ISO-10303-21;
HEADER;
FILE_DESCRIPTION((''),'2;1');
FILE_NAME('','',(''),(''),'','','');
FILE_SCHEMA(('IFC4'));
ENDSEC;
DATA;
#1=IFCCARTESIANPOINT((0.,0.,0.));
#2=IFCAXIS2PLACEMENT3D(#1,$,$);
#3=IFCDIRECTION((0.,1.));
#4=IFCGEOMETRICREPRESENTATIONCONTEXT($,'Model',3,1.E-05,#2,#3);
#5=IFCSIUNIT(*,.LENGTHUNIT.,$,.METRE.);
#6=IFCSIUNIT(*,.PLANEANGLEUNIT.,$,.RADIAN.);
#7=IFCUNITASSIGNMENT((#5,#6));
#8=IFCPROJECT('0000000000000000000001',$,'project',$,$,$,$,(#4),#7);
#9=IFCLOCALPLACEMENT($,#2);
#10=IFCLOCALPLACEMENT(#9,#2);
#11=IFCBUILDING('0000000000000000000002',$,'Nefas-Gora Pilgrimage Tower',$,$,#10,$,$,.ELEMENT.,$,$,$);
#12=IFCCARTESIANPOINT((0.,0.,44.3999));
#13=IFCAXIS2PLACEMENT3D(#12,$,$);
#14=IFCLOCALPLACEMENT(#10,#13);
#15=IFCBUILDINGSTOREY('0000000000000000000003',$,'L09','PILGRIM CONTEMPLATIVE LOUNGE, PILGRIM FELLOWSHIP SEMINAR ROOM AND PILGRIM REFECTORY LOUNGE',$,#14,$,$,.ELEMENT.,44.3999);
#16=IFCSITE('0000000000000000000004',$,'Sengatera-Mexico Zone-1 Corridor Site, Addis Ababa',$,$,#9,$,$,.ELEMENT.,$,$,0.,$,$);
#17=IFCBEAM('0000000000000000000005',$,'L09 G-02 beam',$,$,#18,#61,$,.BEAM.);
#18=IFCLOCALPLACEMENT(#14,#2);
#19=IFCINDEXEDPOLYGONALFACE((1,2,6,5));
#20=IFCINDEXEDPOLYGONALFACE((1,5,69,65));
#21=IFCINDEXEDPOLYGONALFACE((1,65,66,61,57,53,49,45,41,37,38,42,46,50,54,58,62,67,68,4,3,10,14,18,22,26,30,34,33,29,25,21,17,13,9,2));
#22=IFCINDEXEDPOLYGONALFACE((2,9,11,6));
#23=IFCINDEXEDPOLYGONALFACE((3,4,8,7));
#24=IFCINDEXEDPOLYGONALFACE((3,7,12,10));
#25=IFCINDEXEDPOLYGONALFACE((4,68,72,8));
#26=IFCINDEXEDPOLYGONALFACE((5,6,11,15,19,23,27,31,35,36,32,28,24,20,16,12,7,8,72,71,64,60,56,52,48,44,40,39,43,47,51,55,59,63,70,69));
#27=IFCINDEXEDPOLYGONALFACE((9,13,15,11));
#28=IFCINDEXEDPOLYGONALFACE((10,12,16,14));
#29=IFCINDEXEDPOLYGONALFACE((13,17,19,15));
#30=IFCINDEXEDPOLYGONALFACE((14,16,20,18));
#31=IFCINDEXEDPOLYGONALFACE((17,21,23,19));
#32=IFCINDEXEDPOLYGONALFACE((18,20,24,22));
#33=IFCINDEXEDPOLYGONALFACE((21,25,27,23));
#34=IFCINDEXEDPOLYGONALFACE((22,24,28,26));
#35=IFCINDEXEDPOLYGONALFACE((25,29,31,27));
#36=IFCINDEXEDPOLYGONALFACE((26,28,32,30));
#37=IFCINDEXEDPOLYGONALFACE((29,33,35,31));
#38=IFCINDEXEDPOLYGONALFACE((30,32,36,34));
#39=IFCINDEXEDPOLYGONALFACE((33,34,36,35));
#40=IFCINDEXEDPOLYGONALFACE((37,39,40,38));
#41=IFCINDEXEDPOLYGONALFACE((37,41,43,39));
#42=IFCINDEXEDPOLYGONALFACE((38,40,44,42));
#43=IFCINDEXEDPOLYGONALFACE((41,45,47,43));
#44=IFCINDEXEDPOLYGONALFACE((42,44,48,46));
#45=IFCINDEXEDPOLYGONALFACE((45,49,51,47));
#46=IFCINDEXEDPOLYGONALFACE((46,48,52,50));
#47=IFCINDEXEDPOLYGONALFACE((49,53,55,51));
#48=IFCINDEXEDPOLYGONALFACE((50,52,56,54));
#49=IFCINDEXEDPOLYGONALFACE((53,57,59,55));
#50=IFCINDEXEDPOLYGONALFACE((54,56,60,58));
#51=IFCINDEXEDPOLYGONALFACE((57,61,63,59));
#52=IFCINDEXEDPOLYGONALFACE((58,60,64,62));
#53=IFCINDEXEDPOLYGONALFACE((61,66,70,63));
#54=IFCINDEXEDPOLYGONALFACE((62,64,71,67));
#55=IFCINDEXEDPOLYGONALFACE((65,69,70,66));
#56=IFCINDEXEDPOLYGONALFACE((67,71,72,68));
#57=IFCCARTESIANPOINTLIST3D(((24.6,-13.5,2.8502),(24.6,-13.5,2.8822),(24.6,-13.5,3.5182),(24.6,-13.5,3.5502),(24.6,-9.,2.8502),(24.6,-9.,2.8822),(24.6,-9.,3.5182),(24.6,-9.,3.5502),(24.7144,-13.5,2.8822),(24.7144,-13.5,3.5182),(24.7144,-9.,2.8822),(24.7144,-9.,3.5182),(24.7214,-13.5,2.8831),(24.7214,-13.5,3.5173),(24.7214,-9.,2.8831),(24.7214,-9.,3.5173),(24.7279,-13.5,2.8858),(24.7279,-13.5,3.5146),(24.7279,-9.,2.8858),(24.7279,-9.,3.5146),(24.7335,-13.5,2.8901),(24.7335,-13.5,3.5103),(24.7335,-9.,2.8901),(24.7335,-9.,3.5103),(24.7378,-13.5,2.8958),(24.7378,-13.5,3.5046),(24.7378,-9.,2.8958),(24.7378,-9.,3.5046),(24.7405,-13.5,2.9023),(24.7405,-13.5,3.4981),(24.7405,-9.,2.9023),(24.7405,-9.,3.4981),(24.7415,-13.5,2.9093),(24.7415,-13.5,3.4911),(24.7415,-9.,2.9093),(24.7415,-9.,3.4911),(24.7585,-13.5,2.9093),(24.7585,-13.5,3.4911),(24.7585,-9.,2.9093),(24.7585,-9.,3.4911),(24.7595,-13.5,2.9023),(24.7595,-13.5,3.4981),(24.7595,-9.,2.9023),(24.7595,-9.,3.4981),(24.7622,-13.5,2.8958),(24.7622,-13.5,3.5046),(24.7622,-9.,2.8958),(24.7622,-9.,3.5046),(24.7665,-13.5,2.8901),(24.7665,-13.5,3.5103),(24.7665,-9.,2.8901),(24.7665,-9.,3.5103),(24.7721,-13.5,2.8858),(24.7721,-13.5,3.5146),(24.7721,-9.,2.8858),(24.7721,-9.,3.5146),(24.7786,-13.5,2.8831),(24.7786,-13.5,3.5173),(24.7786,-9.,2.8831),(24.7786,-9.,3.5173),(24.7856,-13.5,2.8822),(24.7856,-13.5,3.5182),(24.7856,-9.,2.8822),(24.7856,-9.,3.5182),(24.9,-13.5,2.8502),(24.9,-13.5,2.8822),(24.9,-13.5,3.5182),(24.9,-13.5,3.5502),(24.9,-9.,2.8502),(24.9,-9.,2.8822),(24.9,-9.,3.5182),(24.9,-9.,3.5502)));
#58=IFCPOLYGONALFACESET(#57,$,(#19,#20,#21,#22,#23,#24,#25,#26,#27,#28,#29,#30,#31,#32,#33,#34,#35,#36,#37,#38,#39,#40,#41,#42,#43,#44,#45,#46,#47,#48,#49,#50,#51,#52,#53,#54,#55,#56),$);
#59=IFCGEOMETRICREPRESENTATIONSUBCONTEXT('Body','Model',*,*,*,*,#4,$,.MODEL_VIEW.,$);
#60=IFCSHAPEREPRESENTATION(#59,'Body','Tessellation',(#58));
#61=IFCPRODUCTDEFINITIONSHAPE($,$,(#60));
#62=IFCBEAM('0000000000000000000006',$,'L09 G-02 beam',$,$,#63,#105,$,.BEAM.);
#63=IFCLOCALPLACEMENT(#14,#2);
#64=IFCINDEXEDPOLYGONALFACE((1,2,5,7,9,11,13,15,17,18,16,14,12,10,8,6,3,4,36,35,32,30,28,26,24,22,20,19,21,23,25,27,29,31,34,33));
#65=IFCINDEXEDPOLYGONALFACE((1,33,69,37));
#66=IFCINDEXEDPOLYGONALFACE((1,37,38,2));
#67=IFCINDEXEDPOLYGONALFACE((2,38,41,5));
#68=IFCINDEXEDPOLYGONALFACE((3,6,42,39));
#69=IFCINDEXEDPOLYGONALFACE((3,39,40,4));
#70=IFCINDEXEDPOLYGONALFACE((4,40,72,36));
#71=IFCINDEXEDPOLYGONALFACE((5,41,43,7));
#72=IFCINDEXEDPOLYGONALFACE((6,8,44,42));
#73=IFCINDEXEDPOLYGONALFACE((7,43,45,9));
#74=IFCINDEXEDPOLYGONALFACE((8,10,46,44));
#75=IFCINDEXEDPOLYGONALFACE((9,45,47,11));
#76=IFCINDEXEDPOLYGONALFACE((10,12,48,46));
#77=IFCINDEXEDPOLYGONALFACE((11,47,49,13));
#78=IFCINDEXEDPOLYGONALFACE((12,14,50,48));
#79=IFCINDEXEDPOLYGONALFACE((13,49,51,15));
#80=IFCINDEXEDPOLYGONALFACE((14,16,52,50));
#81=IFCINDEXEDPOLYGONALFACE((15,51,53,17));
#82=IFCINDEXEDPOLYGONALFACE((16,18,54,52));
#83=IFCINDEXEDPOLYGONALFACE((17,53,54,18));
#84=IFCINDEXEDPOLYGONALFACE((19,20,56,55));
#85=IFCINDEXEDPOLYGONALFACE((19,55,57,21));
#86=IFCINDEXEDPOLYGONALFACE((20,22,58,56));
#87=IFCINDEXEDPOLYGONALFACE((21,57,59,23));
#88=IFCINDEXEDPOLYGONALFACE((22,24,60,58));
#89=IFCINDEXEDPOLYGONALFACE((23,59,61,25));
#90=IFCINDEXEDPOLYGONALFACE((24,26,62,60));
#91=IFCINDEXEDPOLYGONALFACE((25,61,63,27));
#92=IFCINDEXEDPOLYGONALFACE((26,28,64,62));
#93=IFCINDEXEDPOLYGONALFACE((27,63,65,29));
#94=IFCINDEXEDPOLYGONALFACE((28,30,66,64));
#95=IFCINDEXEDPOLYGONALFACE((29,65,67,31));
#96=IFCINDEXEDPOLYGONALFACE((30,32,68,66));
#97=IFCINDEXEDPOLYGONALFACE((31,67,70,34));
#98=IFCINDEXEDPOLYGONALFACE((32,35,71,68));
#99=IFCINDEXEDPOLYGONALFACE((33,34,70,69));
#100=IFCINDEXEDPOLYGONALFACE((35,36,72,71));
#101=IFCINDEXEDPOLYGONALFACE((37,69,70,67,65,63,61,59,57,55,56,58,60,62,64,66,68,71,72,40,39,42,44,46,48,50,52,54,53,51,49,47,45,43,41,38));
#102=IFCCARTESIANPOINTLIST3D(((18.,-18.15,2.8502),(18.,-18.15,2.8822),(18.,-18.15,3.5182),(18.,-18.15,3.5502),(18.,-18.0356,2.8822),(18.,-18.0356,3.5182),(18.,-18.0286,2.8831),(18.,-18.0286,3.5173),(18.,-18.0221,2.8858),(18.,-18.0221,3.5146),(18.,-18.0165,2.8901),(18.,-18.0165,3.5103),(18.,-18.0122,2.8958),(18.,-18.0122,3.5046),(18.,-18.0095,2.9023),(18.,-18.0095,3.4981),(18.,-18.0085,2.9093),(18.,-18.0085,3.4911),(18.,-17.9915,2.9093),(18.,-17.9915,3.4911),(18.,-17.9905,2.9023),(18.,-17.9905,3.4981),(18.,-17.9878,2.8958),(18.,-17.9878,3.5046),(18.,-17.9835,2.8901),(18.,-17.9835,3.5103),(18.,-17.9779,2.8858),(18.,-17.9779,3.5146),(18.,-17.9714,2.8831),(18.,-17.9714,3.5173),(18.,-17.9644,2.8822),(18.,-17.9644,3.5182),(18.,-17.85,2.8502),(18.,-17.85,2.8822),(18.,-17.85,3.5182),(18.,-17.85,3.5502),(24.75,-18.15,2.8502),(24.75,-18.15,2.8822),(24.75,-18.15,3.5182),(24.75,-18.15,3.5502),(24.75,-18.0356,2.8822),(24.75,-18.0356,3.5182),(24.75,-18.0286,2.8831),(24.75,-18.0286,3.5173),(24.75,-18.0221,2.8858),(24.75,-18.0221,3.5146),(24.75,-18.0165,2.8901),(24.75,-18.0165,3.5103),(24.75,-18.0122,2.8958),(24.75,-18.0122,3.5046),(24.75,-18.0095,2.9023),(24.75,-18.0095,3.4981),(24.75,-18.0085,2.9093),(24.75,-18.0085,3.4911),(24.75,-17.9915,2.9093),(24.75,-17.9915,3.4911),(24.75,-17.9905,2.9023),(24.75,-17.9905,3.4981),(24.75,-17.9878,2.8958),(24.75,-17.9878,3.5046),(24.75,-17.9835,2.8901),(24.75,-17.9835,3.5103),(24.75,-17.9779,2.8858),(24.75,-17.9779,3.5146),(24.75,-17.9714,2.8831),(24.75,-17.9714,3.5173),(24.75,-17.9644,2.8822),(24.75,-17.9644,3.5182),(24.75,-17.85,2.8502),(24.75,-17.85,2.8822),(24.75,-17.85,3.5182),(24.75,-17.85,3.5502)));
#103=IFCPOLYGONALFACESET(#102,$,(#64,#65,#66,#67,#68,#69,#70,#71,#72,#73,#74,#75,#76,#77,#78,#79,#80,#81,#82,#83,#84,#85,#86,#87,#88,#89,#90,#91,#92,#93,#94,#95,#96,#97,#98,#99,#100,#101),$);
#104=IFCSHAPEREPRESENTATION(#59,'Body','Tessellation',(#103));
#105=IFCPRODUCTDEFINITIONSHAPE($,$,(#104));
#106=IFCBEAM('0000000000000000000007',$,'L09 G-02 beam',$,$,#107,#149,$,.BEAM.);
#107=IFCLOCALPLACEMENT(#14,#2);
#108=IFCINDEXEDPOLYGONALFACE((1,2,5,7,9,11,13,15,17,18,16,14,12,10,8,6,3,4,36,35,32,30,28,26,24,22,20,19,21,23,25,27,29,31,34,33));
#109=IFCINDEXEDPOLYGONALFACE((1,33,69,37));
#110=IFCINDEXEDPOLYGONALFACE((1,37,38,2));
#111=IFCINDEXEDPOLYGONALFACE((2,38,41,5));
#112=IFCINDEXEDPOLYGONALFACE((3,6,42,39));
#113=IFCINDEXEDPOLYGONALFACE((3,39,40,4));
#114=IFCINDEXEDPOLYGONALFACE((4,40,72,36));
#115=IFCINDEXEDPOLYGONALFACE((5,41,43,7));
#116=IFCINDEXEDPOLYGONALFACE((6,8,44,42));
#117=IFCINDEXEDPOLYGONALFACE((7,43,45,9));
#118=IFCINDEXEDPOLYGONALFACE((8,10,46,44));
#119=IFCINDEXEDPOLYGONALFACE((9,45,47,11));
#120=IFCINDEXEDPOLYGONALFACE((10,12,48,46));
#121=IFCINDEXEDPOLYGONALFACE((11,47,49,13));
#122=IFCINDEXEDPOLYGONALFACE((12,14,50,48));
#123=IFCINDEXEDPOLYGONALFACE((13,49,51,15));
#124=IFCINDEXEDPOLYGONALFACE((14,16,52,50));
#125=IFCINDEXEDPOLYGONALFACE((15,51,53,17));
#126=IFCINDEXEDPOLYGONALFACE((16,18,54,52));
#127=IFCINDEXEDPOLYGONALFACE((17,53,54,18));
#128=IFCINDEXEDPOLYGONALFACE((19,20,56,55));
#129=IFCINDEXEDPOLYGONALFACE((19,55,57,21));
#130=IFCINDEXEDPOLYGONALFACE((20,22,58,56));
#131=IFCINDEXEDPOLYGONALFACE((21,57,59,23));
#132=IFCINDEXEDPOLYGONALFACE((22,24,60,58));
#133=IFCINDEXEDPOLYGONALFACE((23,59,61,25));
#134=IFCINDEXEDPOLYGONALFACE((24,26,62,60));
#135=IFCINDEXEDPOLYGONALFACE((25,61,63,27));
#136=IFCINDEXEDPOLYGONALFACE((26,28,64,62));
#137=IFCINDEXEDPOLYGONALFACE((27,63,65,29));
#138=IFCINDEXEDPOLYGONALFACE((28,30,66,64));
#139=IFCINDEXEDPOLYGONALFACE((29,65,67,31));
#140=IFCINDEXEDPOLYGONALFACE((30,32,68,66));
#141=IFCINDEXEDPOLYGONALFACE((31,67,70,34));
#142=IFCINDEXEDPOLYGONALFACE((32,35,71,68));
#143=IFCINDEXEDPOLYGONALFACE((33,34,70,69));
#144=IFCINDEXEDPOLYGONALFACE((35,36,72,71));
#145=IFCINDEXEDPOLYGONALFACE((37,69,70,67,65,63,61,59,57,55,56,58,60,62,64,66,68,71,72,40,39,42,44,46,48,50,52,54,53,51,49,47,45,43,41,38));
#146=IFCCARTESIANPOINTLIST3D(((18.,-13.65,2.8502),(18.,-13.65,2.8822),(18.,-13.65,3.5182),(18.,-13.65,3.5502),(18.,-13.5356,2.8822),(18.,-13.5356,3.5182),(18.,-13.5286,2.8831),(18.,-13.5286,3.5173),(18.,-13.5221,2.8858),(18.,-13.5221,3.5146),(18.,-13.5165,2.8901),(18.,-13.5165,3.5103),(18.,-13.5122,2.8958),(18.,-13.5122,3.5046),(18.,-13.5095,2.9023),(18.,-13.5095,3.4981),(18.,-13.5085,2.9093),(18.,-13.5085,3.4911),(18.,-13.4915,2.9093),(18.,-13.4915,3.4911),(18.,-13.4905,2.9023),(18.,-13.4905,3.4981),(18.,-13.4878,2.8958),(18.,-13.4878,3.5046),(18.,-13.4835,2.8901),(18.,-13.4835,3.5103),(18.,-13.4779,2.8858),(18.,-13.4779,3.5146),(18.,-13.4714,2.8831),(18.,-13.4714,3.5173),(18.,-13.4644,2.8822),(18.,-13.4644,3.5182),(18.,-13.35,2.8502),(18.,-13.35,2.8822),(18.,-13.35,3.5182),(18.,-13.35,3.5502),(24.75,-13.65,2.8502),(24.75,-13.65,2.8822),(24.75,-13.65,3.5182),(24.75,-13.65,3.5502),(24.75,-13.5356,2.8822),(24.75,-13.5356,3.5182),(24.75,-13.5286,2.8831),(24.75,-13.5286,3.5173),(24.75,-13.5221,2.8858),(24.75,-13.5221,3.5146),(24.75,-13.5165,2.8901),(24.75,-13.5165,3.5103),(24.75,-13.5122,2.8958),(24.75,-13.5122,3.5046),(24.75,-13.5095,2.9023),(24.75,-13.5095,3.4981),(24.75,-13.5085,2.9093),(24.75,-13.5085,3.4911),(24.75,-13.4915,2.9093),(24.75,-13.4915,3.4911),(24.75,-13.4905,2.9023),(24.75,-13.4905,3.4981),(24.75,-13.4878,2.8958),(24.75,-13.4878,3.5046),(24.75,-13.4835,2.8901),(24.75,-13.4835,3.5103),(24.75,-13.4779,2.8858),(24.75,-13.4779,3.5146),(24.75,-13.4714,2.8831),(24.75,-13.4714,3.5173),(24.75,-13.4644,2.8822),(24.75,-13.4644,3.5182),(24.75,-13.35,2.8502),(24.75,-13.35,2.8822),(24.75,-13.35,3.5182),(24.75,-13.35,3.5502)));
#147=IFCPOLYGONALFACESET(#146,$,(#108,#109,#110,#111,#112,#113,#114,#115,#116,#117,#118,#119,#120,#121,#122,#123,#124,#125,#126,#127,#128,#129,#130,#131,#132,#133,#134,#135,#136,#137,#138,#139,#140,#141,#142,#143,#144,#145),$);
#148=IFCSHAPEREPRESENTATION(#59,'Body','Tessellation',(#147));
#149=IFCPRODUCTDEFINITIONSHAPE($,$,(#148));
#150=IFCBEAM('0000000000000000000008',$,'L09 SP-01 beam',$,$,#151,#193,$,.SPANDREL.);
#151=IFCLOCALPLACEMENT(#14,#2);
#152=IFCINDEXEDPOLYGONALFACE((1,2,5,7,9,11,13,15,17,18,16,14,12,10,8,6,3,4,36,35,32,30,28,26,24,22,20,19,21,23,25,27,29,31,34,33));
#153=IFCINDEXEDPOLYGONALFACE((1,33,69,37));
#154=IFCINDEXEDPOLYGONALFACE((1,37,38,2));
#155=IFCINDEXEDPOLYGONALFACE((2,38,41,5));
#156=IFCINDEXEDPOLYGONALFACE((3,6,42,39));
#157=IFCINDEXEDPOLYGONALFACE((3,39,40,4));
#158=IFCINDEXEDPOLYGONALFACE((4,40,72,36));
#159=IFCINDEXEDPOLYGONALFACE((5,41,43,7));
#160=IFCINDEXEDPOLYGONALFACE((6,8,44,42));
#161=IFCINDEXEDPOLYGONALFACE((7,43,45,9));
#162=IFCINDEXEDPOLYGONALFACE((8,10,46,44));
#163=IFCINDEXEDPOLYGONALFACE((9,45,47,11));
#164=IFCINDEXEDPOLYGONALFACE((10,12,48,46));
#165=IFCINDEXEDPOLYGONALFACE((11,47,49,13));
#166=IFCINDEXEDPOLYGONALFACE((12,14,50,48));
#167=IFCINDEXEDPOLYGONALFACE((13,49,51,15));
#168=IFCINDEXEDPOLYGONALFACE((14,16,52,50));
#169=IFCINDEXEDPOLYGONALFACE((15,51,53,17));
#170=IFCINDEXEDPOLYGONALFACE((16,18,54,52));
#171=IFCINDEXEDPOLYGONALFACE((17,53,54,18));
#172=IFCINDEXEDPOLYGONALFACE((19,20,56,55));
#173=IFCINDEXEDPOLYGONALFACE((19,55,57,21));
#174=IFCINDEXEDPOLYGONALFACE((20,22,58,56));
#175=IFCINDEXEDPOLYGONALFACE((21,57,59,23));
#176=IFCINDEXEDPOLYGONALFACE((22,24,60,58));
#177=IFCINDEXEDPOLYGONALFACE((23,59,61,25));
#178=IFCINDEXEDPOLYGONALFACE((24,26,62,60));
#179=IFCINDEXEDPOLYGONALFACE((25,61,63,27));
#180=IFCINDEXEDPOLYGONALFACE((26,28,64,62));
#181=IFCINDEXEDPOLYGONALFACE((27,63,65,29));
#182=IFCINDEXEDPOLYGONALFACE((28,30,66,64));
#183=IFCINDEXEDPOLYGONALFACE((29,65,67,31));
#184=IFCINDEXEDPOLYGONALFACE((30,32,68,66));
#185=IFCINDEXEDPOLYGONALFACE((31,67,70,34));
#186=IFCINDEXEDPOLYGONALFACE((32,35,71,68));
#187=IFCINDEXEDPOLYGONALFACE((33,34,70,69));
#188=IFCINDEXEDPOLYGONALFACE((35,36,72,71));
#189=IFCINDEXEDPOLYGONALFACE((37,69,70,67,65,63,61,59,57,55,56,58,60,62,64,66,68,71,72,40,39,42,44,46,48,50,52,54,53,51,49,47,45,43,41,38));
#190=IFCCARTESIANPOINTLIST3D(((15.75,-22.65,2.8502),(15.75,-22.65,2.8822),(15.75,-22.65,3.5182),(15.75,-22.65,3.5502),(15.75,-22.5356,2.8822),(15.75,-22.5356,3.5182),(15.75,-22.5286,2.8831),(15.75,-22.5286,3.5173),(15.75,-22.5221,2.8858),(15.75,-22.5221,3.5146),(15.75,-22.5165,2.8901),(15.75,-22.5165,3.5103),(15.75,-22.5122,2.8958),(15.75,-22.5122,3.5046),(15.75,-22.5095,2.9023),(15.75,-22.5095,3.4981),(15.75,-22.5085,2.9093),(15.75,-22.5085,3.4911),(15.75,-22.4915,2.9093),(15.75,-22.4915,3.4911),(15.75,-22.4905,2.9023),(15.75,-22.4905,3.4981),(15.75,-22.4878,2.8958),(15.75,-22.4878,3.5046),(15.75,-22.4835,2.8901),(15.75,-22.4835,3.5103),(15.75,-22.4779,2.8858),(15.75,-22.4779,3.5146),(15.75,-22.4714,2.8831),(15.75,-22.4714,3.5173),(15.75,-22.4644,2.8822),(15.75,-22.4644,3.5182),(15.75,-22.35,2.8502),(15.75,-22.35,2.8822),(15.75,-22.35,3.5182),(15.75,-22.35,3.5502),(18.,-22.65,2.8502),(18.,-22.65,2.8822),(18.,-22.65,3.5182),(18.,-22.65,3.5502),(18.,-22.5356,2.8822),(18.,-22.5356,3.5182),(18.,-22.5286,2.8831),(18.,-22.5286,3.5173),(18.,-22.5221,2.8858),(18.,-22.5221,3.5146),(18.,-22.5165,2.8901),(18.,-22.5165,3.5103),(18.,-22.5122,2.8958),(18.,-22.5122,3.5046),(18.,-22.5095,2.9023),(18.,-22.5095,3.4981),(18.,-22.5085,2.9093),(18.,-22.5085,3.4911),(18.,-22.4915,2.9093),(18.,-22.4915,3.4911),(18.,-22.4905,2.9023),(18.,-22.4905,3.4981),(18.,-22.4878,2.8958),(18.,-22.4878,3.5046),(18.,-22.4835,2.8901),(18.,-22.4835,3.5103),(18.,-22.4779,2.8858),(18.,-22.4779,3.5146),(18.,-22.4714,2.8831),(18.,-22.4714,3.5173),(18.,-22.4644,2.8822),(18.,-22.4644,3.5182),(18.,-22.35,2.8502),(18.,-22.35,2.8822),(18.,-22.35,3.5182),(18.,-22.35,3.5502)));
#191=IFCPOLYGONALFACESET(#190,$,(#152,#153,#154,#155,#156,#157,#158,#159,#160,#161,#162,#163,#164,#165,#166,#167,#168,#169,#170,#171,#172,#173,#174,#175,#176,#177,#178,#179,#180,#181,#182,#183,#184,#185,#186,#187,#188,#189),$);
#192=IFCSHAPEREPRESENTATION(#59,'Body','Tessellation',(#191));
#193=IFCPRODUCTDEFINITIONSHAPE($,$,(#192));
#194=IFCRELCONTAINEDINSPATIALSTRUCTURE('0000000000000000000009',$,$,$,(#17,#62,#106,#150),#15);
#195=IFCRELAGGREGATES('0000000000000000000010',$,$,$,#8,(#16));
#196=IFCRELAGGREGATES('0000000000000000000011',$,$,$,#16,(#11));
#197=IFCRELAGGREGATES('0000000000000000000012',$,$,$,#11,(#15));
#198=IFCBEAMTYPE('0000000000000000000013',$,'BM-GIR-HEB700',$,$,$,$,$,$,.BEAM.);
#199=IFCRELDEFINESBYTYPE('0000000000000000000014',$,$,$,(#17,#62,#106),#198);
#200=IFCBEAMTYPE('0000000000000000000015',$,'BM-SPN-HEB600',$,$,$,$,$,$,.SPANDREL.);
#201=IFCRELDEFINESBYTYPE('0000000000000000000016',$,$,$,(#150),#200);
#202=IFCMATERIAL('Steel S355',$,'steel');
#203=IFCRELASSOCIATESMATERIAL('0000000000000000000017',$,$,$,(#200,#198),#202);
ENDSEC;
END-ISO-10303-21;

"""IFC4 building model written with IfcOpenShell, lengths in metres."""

from ifc_helpers import new_model, si_unit, direction, frame, origin, origin_2d, place, context, subcontext, project, spatial, i_section, extrude, source, transform, mapped, material, material_profile, profile_set, type_object, element, save


model = new_model("IFC4")

# Units and contexts
model_context = context("Model", 3, precision=1e-05, world=origin(), true_north=direction((0.0, 1.0)))
body_context = subcontext(model_context, "Body", "Model", "MODEL_VIEW")
ifc_project = project(units=[si_unit("LENGTHUNIT", "METRE"), si_unit("PLANEANGLEUNIT", "RADIAN")], contexts=[model_context])

# Site, building, storey
site_placement = place(None, origin())
site = spatial("IfcSite", under=ifc_project, at=site_placement, Name="Sengatera-Mexico Zone-1 Corridor Site, Addis Ababa", CompositionType="ELEMENT", RefElevation=0.0)
building_placement = place(site_placement, origin())
building = spatial("IfcBuilding", under=site, at=building_placement, Name="Nefas-Gora Pilgrimage Tower", CompositionType="ELEMENT")
storey_placement = place(building_placement, frame((0.0, 0.0, 44.3999)))
storey = spatial("IfcBuildingStorey", under=building, at=storey_placement, Name="L09", Description="PILGRIM CONTEMPLATIVE LOUNGE, PILGRIM FELLOWSHIP SEMINAR ROOM AND PILGRIM REFECTORY LOUNGE", CompositionType="ELEMENT", Elevation=44.3999)

# Beams
ifc_material_1 = material(Name="Steel S355", Category="steel")
ifc_material_profile_1 = material_profile(ifc_material_1, i_section(OverallWidth=0.3, OverallDepth=0.7, WebThickness=0.0171, FlangeThickness=0.032, FilletRadius=0.0271, at=origin_2d()), Name="HEB 700")
ifc_profile_set_1 = profile_set([ifc_material_profile_1], Name="Steel S355")
beam_type_1 = type_object("IfcBeamType", Name="BM-SPN-HEB600", PredefinedType="SPANDREL", material=ifc_profile_set_1)
ifc_material_profile_2 = material_profile(ifc_material_1, i_section(OverallWidth=0.3, OverallDepth=0.7, WebThickness=0.0171, FlangeThickness=0.032, FilletRadius=0.0271, at=origin_2d()), Name="HEB 700")
ifc_profile_set_2 = profile_set([ifc_material_profile_2], Name="Steel S355")
beam_type_2 = type_object("IfcBeamType", Name="BM-GIR-HEB700", PredefinedType="BEAM", material=ifc_profile_set_2)
shared_shape_1 = source(origin(), body_context, "Body", "SweptSolid", [
    extrude(i_section(OverallWidth=0.3, OverallDepth=0.7, WebThickness=0.0171, FlangeThickness=0.032, FilletRadius=0.0271, at=origin_2d()), origin(), (0.0, 0.0, 1.0), 4.5),
])
for number, where, z_axis, x_axis, name in (
    (1, (24.75, -13.5, 3.2002), (0.0, 1.0, 0.0), (-1.0, 0.0, 0.0), "L09 G-02 beam"),
):
    element("IfcBeam", number, at=place(storey_placement, frame(where, z_axis=z_axis, x_axis=x_axis)), inside=storey, type_object=beam_type_2, Name=name, PredefinedType="BEAM", context=body_context, shape_type="MappedRepresentation", body=[
        mapped(shared_shape_1, transform((0.0, 0.0, 0.0), x_axis=(1.0, 0.0, 0.0), y_axis=(0.0, 1.0, 0.0), z_axis=(0.0, 0.0, 1.0), scale=1.0)),
    ])
shared_shape_2 = source(origin(), body_context, "Body", "SweptSolid", [
    extrude(i_section(OverallWidth=0.3, OverallDepth=0.7, WebThickness=0.0171, FlangeThickness=0.032, FilletRadius=0.0271, at=origin_2d()), origin(), (0.0, 0.0, 1.0), 6.75),
])
for number, where, z_axis, x_axis, name in (
    (2, (18.0, -18.0, 3.2002), (1.0, 0.0, 0.0), (0.0, 1.0, 0.0), "L09 G-02 beam"),
    (3, (18.0, -13.5, 3.2002), (1.0, 0.0, 0.0), (0.0, 1.0, 0.0), "L09 G-02 beam"),
):
    element("IfcBeam", number, at=place(storey_placement, frame(where, z_axis=z_axis, x_axis=x_axis)), inside=storey, type_object=beam_type_2, Name=name, PredefinedType="BEAM", context=body_context, shape_type="MappedRepresentation", body=[
        mapped(shared_shape_2, transform((0.0, 0.0, 0.0), x_axis=(1.0, 0.0, 0.0), y_axis=(0.0, 1.0, 0.0), z_axis=(0.0, 0.0, 1.0), scale=1.0)),
    ])
shared_shape_3 = source(origin(), body_context, "Body", "SweptSolid", [
    extrude(i_section(OverallWidth=0.3, OverallDepth=0.7, WebThickness=0.0171, FlangeThickness=0.032, FilletRadius=0.0271, at=origin_2d()), origin(), (0.0, 0.0, 1.0), 2.25),
])
for number, where, z_axis, x_axis, name in (
    (4, (15.75, -22.5, 3.2002), (1.0, 0.0, 0.0), (0.0, 1.0, 0.0), "L09 SP-01 beam"),
):
    element("IfcBeam", number, at=place(storey_placement, frame(where, z_axis=z_axis, x_axis=x_axis)), inside=storey, type_object=beam_type_1, Name=name, PredefinedType="SPANDREL", context=body_context, shape_type="MappedRepresentation", body=[
        mapped(shared_shape_3, transform((0.0, 0.0, 0.0), x_axis=(1.0, 0.0, 0.0), y_axis=(0.0, 1.0, 0.0), z_axis=(0.0, 0.0, 1.0), scale=1.0)),
    ])

save(model, "model.ifc")
